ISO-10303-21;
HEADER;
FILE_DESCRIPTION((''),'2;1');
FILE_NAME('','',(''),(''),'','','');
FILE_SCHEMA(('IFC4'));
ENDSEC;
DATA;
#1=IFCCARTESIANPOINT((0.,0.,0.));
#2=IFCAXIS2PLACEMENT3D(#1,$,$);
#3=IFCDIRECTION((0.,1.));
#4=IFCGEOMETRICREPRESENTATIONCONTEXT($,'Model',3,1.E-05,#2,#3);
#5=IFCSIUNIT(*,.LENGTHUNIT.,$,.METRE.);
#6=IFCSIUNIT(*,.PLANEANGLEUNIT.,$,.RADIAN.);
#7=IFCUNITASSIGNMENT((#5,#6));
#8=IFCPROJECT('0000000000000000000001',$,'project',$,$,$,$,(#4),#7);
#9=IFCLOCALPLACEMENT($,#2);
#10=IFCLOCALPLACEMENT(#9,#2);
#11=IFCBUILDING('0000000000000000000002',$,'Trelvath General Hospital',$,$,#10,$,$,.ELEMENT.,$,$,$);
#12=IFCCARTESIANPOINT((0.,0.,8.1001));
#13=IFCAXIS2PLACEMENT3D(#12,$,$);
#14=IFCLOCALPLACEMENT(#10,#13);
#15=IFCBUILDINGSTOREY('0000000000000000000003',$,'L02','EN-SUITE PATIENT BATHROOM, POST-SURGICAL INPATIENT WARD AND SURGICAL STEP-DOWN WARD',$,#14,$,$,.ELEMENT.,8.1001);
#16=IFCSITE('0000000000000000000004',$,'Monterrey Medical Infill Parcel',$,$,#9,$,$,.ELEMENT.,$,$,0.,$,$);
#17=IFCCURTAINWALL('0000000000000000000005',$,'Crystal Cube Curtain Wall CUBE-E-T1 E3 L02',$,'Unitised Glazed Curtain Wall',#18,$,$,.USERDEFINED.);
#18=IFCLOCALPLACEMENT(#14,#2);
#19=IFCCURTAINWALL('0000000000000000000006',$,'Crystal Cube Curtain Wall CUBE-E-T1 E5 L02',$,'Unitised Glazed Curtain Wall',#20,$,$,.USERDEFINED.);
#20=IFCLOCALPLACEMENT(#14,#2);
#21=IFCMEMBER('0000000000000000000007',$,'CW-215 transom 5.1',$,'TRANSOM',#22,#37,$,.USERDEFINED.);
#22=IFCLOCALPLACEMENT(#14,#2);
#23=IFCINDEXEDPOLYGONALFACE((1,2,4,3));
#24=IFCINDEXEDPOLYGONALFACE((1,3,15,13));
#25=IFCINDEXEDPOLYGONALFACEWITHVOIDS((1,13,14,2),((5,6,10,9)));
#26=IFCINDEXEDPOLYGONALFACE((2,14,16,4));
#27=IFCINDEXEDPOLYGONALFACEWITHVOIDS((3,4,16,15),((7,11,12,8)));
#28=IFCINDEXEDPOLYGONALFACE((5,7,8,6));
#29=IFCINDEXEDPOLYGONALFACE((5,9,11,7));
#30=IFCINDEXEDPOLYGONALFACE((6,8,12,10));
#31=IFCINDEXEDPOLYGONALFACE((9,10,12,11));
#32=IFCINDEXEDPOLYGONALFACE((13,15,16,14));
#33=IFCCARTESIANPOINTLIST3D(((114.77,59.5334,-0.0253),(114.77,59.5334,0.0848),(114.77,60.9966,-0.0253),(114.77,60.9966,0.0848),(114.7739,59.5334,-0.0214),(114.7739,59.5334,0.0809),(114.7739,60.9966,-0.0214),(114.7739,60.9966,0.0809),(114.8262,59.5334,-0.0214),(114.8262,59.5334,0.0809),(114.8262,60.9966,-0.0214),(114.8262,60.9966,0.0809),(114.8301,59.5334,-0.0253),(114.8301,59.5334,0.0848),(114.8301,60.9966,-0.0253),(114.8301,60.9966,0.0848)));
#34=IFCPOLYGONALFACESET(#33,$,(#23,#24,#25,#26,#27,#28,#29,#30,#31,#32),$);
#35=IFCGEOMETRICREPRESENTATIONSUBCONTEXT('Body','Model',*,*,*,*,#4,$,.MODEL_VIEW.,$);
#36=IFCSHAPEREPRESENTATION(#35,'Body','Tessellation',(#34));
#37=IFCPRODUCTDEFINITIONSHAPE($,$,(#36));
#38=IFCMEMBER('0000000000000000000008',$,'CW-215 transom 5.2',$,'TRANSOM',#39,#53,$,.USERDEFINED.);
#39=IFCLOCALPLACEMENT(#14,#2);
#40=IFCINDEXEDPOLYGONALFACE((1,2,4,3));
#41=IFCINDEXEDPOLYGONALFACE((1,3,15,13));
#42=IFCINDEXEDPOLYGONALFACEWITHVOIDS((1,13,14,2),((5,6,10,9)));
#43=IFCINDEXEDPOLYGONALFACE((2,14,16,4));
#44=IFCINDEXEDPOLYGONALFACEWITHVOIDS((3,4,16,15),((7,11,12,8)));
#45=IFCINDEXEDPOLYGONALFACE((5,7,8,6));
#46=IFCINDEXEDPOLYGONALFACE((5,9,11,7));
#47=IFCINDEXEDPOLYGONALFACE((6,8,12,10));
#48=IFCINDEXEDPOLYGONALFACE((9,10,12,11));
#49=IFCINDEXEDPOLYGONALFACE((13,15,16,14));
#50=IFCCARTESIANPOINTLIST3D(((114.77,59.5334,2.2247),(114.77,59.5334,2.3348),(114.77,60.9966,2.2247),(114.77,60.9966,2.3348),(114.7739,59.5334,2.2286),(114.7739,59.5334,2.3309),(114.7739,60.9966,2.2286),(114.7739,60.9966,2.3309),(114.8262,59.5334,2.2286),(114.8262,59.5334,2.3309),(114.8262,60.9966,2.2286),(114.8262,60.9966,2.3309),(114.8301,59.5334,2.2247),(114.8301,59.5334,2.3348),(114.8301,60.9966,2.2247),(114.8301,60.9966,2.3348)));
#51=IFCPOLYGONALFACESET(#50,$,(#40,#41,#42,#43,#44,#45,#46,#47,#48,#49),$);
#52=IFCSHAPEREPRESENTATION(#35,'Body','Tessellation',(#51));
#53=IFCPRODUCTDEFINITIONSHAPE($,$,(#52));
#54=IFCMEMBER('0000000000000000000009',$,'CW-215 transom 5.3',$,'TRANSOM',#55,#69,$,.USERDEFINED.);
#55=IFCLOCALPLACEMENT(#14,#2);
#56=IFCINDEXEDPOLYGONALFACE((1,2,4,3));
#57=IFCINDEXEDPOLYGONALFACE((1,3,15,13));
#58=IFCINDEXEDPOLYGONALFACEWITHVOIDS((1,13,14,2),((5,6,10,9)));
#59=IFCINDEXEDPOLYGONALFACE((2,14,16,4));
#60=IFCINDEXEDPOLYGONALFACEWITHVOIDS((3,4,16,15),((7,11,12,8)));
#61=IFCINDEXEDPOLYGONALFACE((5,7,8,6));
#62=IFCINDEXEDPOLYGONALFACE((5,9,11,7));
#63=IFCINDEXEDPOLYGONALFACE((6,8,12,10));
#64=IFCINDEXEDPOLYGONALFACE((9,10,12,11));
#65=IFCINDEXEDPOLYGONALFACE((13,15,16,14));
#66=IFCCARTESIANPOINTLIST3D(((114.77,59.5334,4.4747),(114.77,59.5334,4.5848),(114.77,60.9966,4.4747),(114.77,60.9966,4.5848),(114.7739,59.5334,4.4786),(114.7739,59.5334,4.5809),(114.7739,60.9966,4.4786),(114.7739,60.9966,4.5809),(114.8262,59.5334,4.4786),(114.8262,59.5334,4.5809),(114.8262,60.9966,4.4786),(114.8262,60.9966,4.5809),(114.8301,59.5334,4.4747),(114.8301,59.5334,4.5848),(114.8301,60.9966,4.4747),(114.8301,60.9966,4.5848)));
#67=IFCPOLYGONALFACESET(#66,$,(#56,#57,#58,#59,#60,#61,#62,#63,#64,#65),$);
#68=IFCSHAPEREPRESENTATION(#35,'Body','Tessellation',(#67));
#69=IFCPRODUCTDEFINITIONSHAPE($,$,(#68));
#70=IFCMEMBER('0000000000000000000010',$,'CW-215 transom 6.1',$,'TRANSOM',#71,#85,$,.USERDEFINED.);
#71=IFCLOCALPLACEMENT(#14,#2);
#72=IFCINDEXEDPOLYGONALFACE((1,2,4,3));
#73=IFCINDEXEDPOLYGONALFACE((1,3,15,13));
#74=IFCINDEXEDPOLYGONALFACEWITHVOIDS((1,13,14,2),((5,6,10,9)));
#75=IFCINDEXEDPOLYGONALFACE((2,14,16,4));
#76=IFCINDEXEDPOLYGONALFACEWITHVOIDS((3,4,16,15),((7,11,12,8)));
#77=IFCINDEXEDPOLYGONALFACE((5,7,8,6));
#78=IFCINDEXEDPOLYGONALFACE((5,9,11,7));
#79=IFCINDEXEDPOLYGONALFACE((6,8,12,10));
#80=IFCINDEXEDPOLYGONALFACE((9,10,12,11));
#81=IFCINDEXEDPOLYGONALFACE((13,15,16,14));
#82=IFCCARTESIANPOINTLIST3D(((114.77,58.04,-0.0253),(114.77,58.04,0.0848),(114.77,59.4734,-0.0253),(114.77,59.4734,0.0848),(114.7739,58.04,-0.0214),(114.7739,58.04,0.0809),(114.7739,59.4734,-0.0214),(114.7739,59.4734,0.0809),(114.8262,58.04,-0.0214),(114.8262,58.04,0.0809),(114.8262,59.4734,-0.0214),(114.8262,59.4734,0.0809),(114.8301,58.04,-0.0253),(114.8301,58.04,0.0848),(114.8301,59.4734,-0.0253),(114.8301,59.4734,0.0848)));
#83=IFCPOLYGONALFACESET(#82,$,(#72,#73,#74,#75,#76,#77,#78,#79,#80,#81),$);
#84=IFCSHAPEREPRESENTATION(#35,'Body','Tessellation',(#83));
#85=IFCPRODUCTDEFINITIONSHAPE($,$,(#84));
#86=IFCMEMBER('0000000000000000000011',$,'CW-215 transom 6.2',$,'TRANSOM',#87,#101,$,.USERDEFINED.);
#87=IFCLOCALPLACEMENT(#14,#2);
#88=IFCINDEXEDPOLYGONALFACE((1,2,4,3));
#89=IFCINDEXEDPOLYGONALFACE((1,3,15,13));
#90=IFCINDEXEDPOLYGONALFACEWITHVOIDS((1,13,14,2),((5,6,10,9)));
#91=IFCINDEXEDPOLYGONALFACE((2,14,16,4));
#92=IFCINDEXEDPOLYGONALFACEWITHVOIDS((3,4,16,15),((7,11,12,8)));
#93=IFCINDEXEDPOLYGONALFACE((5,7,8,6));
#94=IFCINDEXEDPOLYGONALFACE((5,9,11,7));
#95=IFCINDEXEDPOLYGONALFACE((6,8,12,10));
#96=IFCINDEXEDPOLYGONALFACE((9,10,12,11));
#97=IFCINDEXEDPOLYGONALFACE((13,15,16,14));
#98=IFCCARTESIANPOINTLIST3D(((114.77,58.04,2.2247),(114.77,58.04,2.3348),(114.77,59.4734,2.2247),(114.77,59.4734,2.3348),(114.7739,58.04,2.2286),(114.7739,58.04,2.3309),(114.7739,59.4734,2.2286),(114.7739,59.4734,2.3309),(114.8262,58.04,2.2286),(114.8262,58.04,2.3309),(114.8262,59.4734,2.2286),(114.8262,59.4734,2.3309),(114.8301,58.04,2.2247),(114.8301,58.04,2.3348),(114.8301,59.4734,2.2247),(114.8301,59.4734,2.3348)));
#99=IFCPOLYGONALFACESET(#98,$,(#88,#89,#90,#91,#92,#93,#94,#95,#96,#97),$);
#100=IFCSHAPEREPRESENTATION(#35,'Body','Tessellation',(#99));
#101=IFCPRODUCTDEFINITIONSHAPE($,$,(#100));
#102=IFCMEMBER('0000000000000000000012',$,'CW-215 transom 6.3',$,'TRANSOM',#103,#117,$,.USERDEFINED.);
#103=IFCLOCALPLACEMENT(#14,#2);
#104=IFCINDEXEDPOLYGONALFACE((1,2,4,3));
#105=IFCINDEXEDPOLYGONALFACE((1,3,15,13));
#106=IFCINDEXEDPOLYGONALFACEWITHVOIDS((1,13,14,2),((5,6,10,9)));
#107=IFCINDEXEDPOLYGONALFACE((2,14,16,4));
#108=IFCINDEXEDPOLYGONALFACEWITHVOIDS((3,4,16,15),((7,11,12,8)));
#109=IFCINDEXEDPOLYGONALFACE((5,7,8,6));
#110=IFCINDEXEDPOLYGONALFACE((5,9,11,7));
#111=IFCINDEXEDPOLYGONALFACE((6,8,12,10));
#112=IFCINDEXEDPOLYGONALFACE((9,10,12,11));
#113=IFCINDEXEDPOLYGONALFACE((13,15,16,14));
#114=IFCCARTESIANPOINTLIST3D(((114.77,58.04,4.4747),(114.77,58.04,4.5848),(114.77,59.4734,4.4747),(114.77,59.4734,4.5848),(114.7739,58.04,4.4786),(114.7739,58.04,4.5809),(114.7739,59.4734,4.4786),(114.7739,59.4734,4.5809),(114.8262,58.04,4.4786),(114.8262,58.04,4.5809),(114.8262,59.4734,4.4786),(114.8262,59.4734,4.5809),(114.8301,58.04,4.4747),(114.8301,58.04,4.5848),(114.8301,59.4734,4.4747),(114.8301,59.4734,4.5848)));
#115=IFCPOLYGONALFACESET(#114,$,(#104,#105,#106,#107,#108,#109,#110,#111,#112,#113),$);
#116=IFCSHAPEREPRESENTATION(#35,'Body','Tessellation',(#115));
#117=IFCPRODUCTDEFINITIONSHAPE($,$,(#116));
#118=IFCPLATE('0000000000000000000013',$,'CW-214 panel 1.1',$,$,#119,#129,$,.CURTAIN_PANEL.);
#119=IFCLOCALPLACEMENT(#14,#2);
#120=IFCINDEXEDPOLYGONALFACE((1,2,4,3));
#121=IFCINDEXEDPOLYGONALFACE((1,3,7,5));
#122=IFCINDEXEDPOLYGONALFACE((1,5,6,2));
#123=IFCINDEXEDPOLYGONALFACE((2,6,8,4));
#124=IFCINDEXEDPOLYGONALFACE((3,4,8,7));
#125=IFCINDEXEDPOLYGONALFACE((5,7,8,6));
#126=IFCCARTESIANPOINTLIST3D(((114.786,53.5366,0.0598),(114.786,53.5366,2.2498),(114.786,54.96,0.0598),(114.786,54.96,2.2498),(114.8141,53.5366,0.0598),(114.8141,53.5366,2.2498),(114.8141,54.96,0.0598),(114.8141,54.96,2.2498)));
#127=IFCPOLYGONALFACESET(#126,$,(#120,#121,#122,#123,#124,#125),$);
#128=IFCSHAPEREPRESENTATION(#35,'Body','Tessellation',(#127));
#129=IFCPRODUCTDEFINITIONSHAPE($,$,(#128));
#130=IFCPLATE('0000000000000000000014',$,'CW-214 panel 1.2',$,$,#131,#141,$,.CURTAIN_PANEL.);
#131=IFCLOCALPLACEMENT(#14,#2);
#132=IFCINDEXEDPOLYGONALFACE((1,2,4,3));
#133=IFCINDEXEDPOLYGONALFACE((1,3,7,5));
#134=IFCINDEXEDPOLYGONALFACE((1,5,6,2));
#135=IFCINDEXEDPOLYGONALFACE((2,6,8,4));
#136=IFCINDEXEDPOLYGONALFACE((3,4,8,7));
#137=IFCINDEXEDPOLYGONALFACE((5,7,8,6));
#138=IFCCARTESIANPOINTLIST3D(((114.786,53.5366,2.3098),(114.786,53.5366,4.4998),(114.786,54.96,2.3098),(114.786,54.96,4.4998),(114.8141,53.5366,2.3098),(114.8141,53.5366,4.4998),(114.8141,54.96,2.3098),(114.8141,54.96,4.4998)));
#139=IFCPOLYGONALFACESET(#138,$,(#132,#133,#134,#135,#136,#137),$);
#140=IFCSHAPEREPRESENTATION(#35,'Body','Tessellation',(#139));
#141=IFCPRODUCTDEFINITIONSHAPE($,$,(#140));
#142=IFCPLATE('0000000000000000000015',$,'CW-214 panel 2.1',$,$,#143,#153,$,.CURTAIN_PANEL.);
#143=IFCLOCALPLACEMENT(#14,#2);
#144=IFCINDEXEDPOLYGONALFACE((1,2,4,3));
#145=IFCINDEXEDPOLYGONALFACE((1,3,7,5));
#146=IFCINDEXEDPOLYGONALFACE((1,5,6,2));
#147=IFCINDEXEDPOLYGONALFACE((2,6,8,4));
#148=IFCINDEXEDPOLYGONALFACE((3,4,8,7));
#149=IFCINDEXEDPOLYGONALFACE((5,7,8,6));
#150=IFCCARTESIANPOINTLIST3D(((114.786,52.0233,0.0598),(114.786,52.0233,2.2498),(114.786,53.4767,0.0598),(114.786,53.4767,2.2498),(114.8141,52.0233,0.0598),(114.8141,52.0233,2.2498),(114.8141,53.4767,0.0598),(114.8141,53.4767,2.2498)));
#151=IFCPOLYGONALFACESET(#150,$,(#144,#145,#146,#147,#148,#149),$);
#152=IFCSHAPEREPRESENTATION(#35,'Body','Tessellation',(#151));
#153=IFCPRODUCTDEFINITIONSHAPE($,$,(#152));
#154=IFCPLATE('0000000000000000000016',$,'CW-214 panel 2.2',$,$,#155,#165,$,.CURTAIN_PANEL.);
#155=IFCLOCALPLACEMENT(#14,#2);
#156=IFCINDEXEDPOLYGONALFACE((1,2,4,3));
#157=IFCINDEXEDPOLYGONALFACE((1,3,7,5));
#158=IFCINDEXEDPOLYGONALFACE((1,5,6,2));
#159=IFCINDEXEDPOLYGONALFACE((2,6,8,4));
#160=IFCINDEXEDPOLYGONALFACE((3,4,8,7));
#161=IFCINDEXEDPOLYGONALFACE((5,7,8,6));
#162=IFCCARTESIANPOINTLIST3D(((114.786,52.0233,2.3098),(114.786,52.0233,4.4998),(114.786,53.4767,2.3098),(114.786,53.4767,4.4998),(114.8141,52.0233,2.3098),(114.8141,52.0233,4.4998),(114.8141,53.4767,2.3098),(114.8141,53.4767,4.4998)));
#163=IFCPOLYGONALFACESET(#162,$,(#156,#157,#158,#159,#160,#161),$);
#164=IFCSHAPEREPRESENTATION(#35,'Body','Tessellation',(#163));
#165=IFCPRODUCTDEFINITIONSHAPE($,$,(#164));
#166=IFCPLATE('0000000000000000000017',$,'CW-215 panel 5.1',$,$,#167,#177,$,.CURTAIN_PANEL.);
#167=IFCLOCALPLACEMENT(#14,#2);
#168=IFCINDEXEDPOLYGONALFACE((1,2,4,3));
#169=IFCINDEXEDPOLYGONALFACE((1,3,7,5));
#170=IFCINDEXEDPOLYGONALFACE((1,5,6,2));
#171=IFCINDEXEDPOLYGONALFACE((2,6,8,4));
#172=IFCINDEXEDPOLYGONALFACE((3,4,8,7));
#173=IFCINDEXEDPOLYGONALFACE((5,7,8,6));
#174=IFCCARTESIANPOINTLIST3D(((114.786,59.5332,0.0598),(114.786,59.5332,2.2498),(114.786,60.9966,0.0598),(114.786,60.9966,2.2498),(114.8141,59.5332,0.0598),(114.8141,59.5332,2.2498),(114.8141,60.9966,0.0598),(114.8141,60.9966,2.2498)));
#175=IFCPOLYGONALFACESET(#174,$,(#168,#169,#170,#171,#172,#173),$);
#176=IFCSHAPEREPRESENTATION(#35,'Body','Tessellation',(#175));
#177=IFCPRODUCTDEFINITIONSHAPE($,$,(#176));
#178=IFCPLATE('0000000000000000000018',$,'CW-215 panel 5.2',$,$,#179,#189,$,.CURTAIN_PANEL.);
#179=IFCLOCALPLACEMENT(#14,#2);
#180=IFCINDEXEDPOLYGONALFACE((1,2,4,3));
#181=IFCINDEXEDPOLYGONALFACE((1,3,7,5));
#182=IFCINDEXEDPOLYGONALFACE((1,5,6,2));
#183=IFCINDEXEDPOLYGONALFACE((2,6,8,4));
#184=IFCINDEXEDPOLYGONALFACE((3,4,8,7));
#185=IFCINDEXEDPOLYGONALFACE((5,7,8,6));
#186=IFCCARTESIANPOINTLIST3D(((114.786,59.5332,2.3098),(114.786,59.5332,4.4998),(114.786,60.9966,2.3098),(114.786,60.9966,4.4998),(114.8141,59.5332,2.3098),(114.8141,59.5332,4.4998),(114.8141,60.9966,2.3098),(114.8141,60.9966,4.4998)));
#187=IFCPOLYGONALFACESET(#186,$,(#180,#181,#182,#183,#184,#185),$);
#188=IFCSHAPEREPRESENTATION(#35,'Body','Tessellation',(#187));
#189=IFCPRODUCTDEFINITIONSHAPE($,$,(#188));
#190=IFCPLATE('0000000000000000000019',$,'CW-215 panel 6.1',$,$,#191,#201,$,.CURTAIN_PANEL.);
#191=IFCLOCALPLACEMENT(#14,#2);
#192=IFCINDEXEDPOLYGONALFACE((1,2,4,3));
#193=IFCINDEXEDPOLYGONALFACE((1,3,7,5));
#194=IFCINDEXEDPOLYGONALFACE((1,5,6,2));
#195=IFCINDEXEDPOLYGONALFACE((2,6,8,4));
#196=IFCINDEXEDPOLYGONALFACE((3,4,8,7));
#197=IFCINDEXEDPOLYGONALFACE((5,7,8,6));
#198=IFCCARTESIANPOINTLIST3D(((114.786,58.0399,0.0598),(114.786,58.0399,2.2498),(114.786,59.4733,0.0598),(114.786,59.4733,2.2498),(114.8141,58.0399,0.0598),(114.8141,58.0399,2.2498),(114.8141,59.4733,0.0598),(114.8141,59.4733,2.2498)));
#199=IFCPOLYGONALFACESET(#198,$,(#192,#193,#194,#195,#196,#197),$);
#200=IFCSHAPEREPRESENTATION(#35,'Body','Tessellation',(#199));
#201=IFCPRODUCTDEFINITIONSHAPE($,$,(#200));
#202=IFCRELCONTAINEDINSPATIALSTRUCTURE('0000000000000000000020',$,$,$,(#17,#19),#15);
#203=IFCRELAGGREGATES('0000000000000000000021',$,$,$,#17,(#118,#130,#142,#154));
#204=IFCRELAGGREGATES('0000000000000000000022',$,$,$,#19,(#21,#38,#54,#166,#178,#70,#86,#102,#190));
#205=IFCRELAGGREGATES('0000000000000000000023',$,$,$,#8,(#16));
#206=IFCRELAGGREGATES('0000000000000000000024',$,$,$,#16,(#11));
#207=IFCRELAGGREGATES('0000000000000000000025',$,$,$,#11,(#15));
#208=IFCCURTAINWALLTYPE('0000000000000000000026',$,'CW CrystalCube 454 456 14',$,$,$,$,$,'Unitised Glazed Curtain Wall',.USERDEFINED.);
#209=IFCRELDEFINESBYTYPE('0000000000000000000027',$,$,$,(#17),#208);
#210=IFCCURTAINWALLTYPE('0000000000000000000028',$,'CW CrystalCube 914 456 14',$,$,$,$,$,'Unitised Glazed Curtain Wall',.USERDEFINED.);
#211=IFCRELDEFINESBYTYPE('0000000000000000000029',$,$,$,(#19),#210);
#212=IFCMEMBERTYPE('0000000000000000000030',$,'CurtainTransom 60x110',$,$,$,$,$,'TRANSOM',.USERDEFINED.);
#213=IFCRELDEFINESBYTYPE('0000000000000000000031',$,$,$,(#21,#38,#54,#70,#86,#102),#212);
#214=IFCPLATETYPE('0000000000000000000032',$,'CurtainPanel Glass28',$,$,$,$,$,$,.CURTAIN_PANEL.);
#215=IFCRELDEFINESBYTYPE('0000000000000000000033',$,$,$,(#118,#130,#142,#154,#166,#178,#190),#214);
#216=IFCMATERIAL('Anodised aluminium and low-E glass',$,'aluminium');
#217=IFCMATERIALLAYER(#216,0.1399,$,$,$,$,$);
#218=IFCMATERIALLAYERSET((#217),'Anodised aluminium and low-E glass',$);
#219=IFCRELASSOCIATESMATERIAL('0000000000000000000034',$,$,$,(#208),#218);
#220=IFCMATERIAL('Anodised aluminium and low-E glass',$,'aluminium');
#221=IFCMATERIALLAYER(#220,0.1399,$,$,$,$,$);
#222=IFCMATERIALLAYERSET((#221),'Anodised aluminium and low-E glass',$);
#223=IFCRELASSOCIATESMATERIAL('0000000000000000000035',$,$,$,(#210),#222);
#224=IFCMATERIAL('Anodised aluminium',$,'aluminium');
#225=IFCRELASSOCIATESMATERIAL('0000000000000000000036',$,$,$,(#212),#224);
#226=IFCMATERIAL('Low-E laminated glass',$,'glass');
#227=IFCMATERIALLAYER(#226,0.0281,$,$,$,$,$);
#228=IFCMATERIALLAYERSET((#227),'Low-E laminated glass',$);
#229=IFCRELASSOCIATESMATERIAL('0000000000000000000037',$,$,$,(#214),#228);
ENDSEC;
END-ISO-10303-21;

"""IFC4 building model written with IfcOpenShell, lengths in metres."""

from ifc_helpers import new_model, si_unit, direction, frame, origin, origin_2d, place, context, subcontext, project, spatial, rectangle, hollow_rectangle, extrude, material, layer, layer_set, material_profile, profile_set, type_object, element, aggregate, save


model = new_model("IFC4")

# Units and contexts
model_context = context("Model", 3, precision=1e-05, world=origin(), true_north=direction((0.0, 1.0)))
body_context = subcontext(model_context, "Body", "Model", "MODEL_VIEW")
ifc_project = project(units=[si_unit("LENGTHUNIT", "METRE"), si_unit("PLANEANGLEUNIT", "RADIAN")], contexts=[model_context])

# Site, building, storey
site_placement = place(None, origin())
site = spatial("IfcSite", under=ifc_project, at=site_placement, Name="Monterrey Medical Infill Parcel", CompositionType="ELEMENT", RefElevation=0.0)
building_placement = place(site_placement, origin())
building = spatial("IfcBuilding", under=site, at=building_placement, Name="Trelvath General Hospital", CompositionType="ELEMENT")
storey_placement = place(building_placement, frame((0.0, 0.0, 8.1001)))
storey = spatial("IfcBuildingStorey", under=building, at=storey_placement, Name="L02", Description="EN-SUITE PATIENT BATHROOM, POST-SURGICAL INPATIENT WARD AND SURGICAL STEP-DOWN WARD", CompositionType="ELEMENT", Elevation=8.1001)

# Curtain walls
ifc_material_1 = material(Name="Anodised aluminium and low-E glass", Category="aluminium")
ifc_layer_1 = layer(ifc_material_1, 0.1399)
ifc_layer_set_1 = layer_set([ifc_layer_1], Name="Anodised aluminium and low-E glass")
curtain_wall_type_1 = type_object("IfcCurtainWallType", Name="CW CrystalCube 454 456 14", ElementType="Unitised Glazed Curtain Wall", PredefinedType="USERDEFINED", material=ifc_layer_set_1)
curtain_wall_1_placement = place(storey_placement, origin())
curtain_wall_1 = element("IfcCurtainWall", 1, at=curtain_wall_1_placement, inside=storey, type_object=curtain_wall_type_1, Name="Crystal Cube Curtain Wall CUBE-E-T1 E3 L02", ObjectType="Unitised Glazed Curtain Wall", PredefinedType="USERDEFINED")
ifc_material_2 = material(Name="Anodised aluminium and low-E glass", Category="aluminium")
ifc_layer_2 = layer(ifc_material_2, 0.1399)
ifc_layer_set_2 = layer_set([ifc_layer_2], Name="Anodised aluminium and low-E glass")
curtain_wall_type_2 = type_object("IfcCurtainWallType", Name="CW CrystalCube 914 456 14", ElementType="Unitised Glazed Curtain Wall", PredefinedType="USERDEFINED", material=ifc_layer_set_2)
curtain_wall_2_placement = place(storey_placement, origin())
curtain_wall_2 = element("IfcCurtainWall", 2, at=curtain_wall_2_placement, inside=storey, type_object=curtain_wall_type_2, Name="Crystal Cube Curtain Wall CUBE-E-T1 E5 L02", ObjectType="Unitised Glazed Curtain Wall", PredefinedType="USERDEFINED")

# Members
ifc_material_3 = material(Name="Anodised aluminium", Category="aluminium")
ifc_material_profile_1 = material_profile(ifc_material_3, hollow_rectangle(XDim=0.0601, YDim=0.1101, WallThickness=0.0039, at=origin_2d()), Name="RHS60x110x4")
ifc_profile_set_1 = profile_set([ifc_material_profile_1], Name="Anodised aluminium")
member_type_1 = type_object("IfcMemberType", Name="CurtainTransom 60x110", ElementType="TRANSOM", PredefinedType="USERDEFINED", material=ifc_profile_set_1)
member_1_placement = place(storey_placement, frame((114.8, 60.9966, 0.0298), z_axis=(0.0, -1.0, 0.0), x_axis=(1.0, 0.0, 0.0)))
member_1 = element("IfcMember", 3, at=member_1_placement, type_object=member_type_1, Name="CW-215 transom 5.1", ObjectType="TRANSOM", PredefinedType="USERDEFINED", context=body_context, shape_type="SweptSolid", body=[
    extrude(hollow_rectangle(XDim=0.0601, YDim=0.1101, WallThickness=0.0039, at=origin_2d()), origin(), (0.0, 0.0, 1.0), 1.4631),
])
member_2_placement = place(storey_placement, frame((114.8, 60.9966, 2.2798), z_axis=(0.0, -1.0, 0.0), x_axis=(1.0, 0.0, 0.0)))
member_2 = element("IfcMember", 4, at=member_2_placement, type_object=member_type_1, Name="CW-215 transom 5.2", ObjectType="TRANSOM", PredefinedType="USERDEFINED", context=body_context, shape_type="SweptSolid", body=[
    extrude(hollow_rectangle(XDim=0.0601, YDim=0.1101, WallThickness=0.0039, at=origin_2d()), origin(), (0.0, 0.0, 1.0), 1.4631),
])
member_3_placement = place(storey_placement, frame((114.8, 60.9966, 4.5298), z_axis=(0.0, -1.0, 0.0), x_axis=(1.0, 0.0, 0.0)))
member_3 = element("IfcMember", 5, at=member_3_placement, type_object=member_type_1, Name="CW-215 transom 5.3", ObjectType="TRANSOM", PredefinedType="USERDEFINED", context=body_context, shape_type="SweptSolid", body=[
    extrude(hollow_rectangle(XDim=0.0601, YDim=0.1101, WallThickness=0.0039, at=origin_2d()), origin(), (0.0, 0.0, 1.0), 1.4631),
])
member_4_placement = place(storey_placement, frame((114.8, 59.4734, 0.0298), z_axis=(0.0, -1.0, 0.0), x_axis=(1.0, 0.0, 0.0)))
member_4 = element("IfcMember", 6, at=member_4_placement, type_object=member_type_1, Name="CW-215 transom 6.1", ObjectType="TRANSOM", PredefinedType="USERDEFINED", context=body_context, shape_type="SweptSolid", body=[
    extrude(hollow_rectangle(XDim=0.0601, YDim=0.1101, WallThickness=0.0039, at=origin_2d()), origin(), (0.0, 0.0, 1.0), 1.4333),
])
member_5_placement = place(storey_placement, frame((114.8, 59.4734, 2.2798), z_axis=(0.0, -1.0, 0.0), x_axis=(1.0, 0.0, 0.0)))
member_5 = element("IfcMember", 7, at=member_5_placement, type_object=member_type_1, Name="CW-215 transom 6.2", ObjectType="TRANSOM", PredefinedType="USERDEFINED", context=body_context, shape_type="SweptSolid", body=[
    extrude(hollow_rectangle(XDim=0.0601, YDim=0.1101, WallThickness=0.0039, at=origin_2d()), origin(), (0.0, 0.0, 1.0), 1.4333),
])
member_6_placement = place(storey_placement, frame((114.8, 59.4734, 4.5298), z_axis=(0.0, -1.0, 0.0), x_axis=(1.0, 0.0, 0.0)))
member_6 = element("IfcMember", 8, at=member_6_placement, type_object=member_type_1, Name="CW-215 transom 6.3", ObjectType="TRANSOM", PredefinedType="USERDEFINED", context=body_context, shape_type="SweptSolid", body=[
    extrude(hollow_rectangle(XDim=0.0601, YDim=0.1101, WallThickness=0.0039, at=origin_2d()), origin(), (0.0, 0.0, 1.0), 1.4333),
])

# Plates
ifc_material_4 = material(Name="Low-E laminated glass", Category="glass")
ifc_layer_3 = layer(ifc_material_4, 0.0281)
ifc_layer_set_3 = layer_set([ifc_layer_3], Name="Low-E laminated glass")
plate_type = type_object("IfcPlateType", Name="CurtainPanel Glass28", PredefinedType="CURTAIN_PANEL", material=ifc_layer_set_3)
plate_1_placement = place(storey_placement, frame((114.8, 54.2483, 0.0598), z_axis=(0.0, 0.0, 1.0), x_axis=(0.0, -1.0, 0.0)))
plate_1 = element("IfcPlate", 9, at=plate_1_placement, type_object=plate_type, Name="CW-214 panel 1.1", PredefinedType="CURTAIN_PANEL", context=body_context, shape_type="SweptSolid", body=[
    extrude(rectangle(XDim=1.4233, YDim=0.0281, at=origin_2d()), origin(), (0.0, 0.0, 1.0), 2.1899),
])
plate_2_placement = place(storey_placement, frame((114.8, 54.2483, 2.3098), z_axis=(0.0, 0.0, 1.0), x_axis=(0.0, -1.0, 0.0)))
plate_2 = element("IfcPlate", 10, at=plate_2_placement, type_object=plate_type, Name="CW-214 panel 1.2", PredefinedType="CURTAIN_PANEL", context=body_context, shape_type="SweptSolid", body=[
    extrude(rectangle(XDim=1.4233, YDim=0.0281, at=origin_2d()), origin(), (0.0, 0.0, 1.0), 2.1899),
])
plate_3_placement = place(storey_placement, frame((114.8, 52.75, 0.0598), z_axis=(0.0, 0.0, 1.0), x_axis=(0.0, -1.0, 0.0)))
plate_3 = element("IfcPlate", 11, at=plate_3_placement, type_object=plate_type, Name="CW-214 panel 2.1", PredefinedType="CURTAIN_PANEL", context=body_context, shape_type="SweptSolid", body=[
    extrude(rectangle(XDim=1.4534, YDim=0.0281, at=origin_2d()), origin(), (0.0, 0.0, 1.0), 2.1899),
])
plate_4_placement = place(storey_placement, frame((114.8, 52.75, 2.3098), z_axis=(0.0, 0.0, 1.0), x_axis=(0.0, -1.0, 0.0)))
plate_4 = element("IfcPlate", 12, at=plate_4_placement, type_object=plate_type, Name="CW-214 panel 2.2", PredefinedType="CURTAIN_PANEL", context=body_context, shape_type="SweptSolid", body=[
    extrude(rectangle(XDim=1.4534, YDim=0.0281, at=origin_2d()), origin(), (0.0, 0.0, 1.0), 2.1899),
])
aggregate(curtain_wall_1, [plate_1, plate_2, plate_3, plate_4])
plate_5_placement = place(storey_placement, frame((114.8, 60.2649, 0.0598), z_axis=(0.0, 0.0, 1.0), x_axis=(0.0, -1.0, 0.0)))
plate_5 = element("IfcPlate", 13, at=plate_5_placement, type_object=plate_type, Name="CW-215 panel 5.1", PredefinedType="CURTAIN_PANEL", context=body_context, shape_type="SweptSolid", body=[
    extrude(rectangle(XDim=1.4634, YDim=0.0281, at=origin_2d()), origin(), (0.0, 0.0, 1.0), 2.1899),
])
plate_6_placement = place(storey_placement, frame((114.8, 60.2649, 2.3098), z_axis=(0.0, 0.0, 1.0), x_axis=(0.0, -1.0, 0.0)))
plate_6 = element("IfcPlate", 14, at=plate_6_placement, type_object=plate_type, Name="CW-215 panel 5.2", PredefinedType="CURTAIN_PANEL", context=body_context, shape_type="SweptSolid", body=[
    extrude(rectangle(XDim=1.4634, YDim=0.0281, at=origin_2d()), origin(), (0.0, 0.0, 1.0), 2.1899),
])
plate_7_placement = place(storey_placement, frame((114.8, 58.7566, 0.0598), z_axis=(0.0, 0.0, 1.0), x_axis=(0.0, -1.0, 0.0)))
plate_7 = element("IfcPlate", 15, at=plate_7_placement, type_object=plate_type, Name="CW-215 panel 6.1", PredefinedType="CURTAIN_PANEL", context=body_context, shape_type="SweptSolid", body=[
    extrude(rectangle(XDim=1.4333, YDim=0.0281, at=origin_2d()), origin(), (0.0, 0.0, 1.0), 2.1899),
])
aggregate(curtain_wall_2, [member_1, member_2, member_3, plate_5, plate_6, member_4, member_5, member_6, plate_7])

save(model, "model.ifc")
